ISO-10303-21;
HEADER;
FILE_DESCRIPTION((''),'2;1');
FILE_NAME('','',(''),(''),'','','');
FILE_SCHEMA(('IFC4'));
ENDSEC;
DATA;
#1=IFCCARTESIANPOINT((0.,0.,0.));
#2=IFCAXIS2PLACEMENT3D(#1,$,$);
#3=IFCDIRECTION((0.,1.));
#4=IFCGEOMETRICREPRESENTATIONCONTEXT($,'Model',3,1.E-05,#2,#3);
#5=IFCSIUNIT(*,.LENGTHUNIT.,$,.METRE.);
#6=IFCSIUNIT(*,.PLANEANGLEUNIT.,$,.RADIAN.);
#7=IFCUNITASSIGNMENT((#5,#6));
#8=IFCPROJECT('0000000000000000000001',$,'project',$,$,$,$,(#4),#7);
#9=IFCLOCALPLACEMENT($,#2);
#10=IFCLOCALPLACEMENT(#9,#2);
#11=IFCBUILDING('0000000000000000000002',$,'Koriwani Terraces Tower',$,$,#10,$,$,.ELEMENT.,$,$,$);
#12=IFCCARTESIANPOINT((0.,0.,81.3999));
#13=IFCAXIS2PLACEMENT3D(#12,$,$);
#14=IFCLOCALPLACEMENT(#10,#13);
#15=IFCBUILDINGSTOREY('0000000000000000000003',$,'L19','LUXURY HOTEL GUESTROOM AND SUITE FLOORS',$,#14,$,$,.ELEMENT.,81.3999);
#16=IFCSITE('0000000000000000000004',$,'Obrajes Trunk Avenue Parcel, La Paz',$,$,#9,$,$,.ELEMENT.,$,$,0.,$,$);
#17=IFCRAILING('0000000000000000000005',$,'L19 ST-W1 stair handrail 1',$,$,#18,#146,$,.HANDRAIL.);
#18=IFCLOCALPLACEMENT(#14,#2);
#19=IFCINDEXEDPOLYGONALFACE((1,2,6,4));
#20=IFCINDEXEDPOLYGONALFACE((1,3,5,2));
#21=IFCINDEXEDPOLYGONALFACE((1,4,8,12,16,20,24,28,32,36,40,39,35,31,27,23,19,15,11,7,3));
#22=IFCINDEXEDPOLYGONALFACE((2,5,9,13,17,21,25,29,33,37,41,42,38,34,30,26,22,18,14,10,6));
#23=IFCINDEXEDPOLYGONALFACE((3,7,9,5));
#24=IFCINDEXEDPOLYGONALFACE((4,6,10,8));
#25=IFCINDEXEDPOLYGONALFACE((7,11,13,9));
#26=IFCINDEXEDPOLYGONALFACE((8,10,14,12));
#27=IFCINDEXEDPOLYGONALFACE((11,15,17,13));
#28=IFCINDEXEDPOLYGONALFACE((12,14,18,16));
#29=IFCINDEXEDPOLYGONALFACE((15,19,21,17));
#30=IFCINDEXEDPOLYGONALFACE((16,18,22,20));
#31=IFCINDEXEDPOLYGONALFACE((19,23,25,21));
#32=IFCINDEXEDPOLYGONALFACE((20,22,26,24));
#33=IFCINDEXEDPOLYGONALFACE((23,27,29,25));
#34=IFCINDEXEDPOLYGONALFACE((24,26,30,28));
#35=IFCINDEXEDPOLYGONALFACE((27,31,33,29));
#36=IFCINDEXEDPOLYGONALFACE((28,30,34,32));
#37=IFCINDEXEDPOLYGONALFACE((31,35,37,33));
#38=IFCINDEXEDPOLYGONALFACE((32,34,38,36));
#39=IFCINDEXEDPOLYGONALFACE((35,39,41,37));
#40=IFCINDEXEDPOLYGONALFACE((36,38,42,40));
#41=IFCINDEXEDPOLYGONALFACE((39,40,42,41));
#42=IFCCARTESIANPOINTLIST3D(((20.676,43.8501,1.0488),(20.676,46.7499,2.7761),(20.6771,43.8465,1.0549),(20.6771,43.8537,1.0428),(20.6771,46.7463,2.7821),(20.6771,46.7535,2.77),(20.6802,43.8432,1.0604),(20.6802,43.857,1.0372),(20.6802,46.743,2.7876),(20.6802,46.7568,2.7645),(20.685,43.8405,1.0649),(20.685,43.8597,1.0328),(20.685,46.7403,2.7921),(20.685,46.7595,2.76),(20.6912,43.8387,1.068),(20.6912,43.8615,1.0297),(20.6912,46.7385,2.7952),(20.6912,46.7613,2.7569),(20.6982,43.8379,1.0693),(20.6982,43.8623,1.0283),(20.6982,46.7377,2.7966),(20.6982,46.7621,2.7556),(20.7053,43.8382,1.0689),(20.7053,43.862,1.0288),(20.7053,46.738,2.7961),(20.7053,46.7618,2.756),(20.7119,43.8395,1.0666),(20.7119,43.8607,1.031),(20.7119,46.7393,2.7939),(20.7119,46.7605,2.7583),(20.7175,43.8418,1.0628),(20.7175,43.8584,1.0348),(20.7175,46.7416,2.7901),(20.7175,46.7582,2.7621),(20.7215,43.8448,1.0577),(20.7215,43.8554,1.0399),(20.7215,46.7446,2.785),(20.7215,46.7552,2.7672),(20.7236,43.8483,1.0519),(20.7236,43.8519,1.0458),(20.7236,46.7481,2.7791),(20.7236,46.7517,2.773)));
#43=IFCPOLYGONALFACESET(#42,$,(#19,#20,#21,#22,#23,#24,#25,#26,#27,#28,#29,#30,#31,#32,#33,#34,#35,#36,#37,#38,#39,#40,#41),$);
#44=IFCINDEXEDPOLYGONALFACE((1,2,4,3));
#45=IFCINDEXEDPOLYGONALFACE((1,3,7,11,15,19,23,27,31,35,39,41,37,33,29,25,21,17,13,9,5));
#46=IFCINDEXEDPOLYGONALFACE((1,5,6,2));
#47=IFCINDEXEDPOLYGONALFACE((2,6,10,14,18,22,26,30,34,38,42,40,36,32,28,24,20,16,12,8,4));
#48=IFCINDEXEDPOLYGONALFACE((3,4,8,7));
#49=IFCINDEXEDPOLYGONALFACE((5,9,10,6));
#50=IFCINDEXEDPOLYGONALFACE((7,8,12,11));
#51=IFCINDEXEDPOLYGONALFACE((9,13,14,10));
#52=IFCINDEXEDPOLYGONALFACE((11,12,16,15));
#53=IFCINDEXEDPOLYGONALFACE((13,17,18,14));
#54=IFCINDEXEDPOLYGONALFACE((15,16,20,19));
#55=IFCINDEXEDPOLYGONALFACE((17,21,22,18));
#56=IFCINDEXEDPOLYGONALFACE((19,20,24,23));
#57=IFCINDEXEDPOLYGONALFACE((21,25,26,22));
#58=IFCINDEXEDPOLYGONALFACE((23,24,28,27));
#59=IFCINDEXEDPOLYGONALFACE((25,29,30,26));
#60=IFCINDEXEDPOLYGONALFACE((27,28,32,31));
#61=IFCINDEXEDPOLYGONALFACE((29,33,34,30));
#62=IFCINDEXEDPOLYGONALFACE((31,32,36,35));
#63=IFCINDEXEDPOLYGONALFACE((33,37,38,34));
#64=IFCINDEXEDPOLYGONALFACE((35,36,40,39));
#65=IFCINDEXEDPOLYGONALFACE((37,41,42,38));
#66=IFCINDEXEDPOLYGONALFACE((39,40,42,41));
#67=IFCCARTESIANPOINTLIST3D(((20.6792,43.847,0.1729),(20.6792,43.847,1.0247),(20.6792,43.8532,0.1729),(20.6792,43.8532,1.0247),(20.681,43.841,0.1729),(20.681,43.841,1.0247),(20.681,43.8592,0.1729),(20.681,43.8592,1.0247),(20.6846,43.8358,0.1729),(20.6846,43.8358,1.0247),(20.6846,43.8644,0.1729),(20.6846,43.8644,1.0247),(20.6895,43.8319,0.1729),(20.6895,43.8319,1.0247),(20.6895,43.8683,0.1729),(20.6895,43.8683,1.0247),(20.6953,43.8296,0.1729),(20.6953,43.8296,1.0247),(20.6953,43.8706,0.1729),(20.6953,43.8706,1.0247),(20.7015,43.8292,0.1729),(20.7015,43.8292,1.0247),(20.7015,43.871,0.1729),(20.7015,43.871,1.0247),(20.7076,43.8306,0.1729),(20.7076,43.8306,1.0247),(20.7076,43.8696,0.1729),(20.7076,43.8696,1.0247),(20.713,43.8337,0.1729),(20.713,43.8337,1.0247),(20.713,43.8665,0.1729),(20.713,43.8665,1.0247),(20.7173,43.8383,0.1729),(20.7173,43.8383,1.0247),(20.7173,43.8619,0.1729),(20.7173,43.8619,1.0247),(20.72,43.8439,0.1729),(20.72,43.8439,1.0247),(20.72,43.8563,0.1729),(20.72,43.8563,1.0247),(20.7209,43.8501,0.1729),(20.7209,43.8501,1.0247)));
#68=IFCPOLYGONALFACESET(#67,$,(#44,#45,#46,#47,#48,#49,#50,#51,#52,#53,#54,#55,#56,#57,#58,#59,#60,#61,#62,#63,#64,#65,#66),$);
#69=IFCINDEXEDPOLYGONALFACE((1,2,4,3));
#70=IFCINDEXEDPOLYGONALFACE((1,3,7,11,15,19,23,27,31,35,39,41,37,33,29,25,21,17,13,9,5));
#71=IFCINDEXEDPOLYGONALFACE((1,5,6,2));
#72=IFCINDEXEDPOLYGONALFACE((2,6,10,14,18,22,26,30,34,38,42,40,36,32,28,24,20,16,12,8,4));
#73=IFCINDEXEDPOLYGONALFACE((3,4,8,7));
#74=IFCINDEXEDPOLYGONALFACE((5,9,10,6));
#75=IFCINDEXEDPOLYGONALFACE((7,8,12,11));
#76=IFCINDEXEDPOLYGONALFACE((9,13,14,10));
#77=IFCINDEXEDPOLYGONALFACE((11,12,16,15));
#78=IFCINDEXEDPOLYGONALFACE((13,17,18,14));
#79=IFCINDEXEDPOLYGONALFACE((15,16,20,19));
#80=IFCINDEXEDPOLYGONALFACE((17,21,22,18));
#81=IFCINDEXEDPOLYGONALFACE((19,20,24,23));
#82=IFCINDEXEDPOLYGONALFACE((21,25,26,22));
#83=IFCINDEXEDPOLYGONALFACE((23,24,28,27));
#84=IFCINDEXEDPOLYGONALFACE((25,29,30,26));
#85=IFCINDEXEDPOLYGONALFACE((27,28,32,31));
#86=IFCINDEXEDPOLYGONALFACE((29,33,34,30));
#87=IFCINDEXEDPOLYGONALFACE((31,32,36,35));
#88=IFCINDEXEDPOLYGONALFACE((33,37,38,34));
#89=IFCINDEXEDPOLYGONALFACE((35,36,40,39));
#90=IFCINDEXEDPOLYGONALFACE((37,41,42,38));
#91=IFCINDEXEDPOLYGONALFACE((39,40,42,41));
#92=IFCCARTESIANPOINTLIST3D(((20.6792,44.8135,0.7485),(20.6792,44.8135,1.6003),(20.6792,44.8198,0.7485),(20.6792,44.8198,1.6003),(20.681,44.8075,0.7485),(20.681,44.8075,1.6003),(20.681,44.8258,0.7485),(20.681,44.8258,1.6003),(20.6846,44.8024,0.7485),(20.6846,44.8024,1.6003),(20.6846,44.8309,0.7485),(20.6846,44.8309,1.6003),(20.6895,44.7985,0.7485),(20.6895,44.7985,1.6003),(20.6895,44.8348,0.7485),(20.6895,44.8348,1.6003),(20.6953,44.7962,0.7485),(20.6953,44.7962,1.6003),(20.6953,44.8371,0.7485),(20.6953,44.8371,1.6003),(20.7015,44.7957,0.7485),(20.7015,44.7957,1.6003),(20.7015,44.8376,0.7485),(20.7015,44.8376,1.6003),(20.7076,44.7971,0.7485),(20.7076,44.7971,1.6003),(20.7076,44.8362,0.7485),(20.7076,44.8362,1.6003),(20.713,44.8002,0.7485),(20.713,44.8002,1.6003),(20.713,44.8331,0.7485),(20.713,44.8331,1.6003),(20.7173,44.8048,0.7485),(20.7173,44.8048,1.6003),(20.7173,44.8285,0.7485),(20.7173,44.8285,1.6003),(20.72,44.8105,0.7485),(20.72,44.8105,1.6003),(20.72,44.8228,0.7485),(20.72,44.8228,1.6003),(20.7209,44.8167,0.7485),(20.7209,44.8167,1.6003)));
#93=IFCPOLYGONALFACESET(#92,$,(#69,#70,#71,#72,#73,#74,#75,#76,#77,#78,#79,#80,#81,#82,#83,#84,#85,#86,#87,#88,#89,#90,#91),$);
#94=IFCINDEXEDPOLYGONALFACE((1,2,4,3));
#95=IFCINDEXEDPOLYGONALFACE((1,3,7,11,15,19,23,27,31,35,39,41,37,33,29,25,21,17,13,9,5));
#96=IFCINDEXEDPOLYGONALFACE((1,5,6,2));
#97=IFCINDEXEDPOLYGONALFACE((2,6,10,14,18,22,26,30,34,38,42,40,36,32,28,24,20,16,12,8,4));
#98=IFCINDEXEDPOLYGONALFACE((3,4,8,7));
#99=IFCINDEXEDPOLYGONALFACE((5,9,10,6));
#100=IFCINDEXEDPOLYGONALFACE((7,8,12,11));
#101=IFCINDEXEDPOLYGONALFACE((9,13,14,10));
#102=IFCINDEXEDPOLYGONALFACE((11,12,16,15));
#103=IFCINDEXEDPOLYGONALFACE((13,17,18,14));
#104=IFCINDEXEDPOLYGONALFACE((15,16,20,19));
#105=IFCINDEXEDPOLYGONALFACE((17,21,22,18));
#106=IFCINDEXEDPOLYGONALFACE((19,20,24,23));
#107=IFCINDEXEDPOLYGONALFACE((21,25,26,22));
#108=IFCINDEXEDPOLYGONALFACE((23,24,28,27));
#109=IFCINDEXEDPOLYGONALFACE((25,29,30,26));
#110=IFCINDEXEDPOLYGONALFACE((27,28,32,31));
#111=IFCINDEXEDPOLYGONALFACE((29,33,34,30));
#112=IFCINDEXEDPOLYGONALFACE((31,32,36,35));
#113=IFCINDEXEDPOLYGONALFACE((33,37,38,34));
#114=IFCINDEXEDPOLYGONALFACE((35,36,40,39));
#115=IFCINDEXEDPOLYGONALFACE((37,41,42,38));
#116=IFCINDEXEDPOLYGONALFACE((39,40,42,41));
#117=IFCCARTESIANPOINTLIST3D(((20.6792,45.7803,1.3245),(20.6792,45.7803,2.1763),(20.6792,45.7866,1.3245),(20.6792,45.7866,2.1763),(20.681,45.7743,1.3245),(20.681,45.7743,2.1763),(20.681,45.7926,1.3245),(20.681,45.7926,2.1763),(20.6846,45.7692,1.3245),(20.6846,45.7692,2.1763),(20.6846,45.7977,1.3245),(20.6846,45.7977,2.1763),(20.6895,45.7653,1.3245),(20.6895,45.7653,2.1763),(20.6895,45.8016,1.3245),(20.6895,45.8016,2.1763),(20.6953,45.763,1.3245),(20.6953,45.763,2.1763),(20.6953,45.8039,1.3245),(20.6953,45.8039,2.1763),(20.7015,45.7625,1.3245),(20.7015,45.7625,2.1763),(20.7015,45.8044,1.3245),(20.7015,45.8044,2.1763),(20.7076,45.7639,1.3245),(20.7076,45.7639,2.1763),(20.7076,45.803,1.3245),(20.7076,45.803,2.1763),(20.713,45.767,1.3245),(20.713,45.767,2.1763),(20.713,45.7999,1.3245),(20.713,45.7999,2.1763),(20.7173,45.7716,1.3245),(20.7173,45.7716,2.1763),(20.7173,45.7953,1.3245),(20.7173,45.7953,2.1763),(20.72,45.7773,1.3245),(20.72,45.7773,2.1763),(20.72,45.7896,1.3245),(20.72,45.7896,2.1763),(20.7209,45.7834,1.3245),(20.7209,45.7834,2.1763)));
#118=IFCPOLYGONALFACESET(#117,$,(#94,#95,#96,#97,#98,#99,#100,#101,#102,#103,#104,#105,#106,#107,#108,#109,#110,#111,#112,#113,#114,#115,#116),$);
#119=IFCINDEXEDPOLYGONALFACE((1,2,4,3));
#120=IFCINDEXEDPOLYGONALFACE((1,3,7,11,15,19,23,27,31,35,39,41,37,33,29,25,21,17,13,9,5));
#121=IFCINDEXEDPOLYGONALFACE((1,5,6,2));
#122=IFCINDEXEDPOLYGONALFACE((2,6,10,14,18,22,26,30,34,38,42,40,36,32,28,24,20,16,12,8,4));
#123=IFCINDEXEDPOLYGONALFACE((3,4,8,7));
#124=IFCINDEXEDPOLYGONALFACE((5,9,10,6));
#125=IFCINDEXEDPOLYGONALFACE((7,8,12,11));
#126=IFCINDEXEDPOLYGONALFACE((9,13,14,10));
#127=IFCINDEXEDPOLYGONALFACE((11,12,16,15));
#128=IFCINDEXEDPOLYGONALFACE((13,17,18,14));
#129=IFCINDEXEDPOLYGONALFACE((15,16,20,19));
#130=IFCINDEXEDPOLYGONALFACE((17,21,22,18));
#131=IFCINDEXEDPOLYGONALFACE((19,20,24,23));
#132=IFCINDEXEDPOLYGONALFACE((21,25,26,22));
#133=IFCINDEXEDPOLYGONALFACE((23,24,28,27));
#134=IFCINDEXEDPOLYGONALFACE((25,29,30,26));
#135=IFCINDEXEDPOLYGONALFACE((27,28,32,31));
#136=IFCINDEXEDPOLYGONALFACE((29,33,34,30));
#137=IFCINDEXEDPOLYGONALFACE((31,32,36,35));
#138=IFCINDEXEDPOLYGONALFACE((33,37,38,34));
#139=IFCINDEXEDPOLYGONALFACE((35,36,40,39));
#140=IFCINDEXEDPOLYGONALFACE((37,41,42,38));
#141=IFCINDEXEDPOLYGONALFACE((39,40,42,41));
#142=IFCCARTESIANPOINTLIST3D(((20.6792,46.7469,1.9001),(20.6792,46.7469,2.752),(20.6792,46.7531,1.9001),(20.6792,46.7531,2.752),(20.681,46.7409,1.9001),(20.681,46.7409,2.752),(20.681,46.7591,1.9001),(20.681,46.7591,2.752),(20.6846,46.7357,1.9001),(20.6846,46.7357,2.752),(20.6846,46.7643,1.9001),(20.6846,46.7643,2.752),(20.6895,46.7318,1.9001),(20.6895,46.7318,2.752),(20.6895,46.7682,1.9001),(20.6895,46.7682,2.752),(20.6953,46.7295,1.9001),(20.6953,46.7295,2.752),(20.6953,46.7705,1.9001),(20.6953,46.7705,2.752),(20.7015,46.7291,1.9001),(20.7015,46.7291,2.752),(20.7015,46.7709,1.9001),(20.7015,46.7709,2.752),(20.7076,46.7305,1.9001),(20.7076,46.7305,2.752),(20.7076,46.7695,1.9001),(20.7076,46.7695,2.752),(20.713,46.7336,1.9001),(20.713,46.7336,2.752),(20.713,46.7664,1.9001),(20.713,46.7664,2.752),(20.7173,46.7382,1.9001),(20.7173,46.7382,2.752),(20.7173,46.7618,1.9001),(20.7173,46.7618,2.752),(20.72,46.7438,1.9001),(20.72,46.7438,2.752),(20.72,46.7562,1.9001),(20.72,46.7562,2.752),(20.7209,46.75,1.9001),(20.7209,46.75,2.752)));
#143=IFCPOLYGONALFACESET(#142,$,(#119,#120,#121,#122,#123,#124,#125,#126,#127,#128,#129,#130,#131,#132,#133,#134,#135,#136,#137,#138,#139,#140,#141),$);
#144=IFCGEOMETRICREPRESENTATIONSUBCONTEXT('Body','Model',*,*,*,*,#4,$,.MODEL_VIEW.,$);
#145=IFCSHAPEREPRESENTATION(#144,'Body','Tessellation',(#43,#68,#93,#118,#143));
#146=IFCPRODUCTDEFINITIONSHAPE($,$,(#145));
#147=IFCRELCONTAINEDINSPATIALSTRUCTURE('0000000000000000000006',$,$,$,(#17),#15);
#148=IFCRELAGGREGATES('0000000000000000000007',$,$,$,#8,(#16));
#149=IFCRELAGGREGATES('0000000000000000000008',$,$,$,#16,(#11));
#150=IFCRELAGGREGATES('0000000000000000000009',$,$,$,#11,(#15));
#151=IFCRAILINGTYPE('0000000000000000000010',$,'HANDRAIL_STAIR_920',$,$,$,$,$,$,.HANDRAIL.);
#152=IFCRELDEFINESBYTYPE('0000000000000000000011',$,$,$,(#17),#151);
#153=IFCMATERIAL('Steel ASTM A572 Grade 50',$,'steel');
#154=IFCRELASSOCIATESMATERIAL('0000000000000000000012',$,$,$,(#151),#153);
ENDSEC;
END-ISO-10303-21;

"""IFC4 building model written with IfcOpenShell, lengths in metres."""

from ifc_helpers import new_model, si_unit, direction, frame, origin, origin_2d, place, context, subcontext, project, spatial, circle, extrude, material, type_object, element, save


model = new_model("IFC4")

# Units and contexts
model_context = context("Model", 3, precision=1e-05, world=origin(), true_north=direction((0.0, 1.0)))
body_context = subcontext(model_context, "Body", "Model", "MODEL_VIEW")
ifc_project = project(units=[si_unit("LENGTHUNIT", "METRE"), si_unit("PLANEANGLEUNIT", "RADIAN")], contexts=[model_context])

# Site, building, storey
site_placement = place(None, origin())
site = spatial("IfcSite", under=ifc_project, at=site_placement, Name="Obrajes Trunk Avenue Parcel, La Paz", CompositionType="ELEMENT", RefElevation=0.0)
building_placement = place(site_placement, origin())
building = spatial("IfcBuilding", under=site, at=building_placement, Name="Koriwani Terraces Tower", CompositionType="ELEMENT")
storey_placement = place(building_placement, frame((0.0, 0.0, 81.3999)))
storey = spatial("IfcBuildingStorey", under=building, at=storey_placement, Name="L19", Description="LUXURY HOTEL GUESTROOM AND SUITE FLOORS", CompositionType="ELEMENT", Elevation=81.3999)

# Shared definitions
ifc_material_1 = material(Name="Steel ASTM A572 Grade 50", Category="steel")

# Railing
railing_type_1 = type_object("IfcRailingType", Name="HANDRAIL_STAIR_920", PredefinedType="HANDRAIL", material=ifc_material_1)
railing_1_placement = place(storey_placement, frame((20.7, 43.8501, 0.1729)))
element("IfcRailing", 1, at=railing_1_placement, inside=storey, type_object=railing_type_1, Name="L19 ST-W1 stair handrail 1", PredefinedType="HANDRAIL", context=body_context, shape_type="SweptSolid", body=[
    extrude(circle(Radius=0.0239, at=origin_2d()), frame((0.0, 0.0, 0.876), z_axis=(0.0, 0.859141, 0.511738), x_axis=(-1.0, 0.0, 0.0)), (0.0, 0.0, 1.0), 3.3752),
    extrude(circle(Radius=0.021, at=origin_2d()), origin(), (0.0, 0.0, 1.0), 0.8518),
    extrude(circle(Radius=0.021, at=origin_2d()), frame((0.0, 0.9666, 0.5757)), (0.0, 0.0, 1.0), 0.8518),
    extrude(circle(Radius=0.021, at=origin_2d()), frame((0.0, 1.9333, 1.1516)), (0.0, 0.0, 1.0), 0.8518),
    extrude(circle(Radius=0.021, at=origin_2d()), frame((0.0, 2.8999, 1.7273)), (0.0, 0.0, 1.0), 0.8518),
])

save(model, "model.ifc")
